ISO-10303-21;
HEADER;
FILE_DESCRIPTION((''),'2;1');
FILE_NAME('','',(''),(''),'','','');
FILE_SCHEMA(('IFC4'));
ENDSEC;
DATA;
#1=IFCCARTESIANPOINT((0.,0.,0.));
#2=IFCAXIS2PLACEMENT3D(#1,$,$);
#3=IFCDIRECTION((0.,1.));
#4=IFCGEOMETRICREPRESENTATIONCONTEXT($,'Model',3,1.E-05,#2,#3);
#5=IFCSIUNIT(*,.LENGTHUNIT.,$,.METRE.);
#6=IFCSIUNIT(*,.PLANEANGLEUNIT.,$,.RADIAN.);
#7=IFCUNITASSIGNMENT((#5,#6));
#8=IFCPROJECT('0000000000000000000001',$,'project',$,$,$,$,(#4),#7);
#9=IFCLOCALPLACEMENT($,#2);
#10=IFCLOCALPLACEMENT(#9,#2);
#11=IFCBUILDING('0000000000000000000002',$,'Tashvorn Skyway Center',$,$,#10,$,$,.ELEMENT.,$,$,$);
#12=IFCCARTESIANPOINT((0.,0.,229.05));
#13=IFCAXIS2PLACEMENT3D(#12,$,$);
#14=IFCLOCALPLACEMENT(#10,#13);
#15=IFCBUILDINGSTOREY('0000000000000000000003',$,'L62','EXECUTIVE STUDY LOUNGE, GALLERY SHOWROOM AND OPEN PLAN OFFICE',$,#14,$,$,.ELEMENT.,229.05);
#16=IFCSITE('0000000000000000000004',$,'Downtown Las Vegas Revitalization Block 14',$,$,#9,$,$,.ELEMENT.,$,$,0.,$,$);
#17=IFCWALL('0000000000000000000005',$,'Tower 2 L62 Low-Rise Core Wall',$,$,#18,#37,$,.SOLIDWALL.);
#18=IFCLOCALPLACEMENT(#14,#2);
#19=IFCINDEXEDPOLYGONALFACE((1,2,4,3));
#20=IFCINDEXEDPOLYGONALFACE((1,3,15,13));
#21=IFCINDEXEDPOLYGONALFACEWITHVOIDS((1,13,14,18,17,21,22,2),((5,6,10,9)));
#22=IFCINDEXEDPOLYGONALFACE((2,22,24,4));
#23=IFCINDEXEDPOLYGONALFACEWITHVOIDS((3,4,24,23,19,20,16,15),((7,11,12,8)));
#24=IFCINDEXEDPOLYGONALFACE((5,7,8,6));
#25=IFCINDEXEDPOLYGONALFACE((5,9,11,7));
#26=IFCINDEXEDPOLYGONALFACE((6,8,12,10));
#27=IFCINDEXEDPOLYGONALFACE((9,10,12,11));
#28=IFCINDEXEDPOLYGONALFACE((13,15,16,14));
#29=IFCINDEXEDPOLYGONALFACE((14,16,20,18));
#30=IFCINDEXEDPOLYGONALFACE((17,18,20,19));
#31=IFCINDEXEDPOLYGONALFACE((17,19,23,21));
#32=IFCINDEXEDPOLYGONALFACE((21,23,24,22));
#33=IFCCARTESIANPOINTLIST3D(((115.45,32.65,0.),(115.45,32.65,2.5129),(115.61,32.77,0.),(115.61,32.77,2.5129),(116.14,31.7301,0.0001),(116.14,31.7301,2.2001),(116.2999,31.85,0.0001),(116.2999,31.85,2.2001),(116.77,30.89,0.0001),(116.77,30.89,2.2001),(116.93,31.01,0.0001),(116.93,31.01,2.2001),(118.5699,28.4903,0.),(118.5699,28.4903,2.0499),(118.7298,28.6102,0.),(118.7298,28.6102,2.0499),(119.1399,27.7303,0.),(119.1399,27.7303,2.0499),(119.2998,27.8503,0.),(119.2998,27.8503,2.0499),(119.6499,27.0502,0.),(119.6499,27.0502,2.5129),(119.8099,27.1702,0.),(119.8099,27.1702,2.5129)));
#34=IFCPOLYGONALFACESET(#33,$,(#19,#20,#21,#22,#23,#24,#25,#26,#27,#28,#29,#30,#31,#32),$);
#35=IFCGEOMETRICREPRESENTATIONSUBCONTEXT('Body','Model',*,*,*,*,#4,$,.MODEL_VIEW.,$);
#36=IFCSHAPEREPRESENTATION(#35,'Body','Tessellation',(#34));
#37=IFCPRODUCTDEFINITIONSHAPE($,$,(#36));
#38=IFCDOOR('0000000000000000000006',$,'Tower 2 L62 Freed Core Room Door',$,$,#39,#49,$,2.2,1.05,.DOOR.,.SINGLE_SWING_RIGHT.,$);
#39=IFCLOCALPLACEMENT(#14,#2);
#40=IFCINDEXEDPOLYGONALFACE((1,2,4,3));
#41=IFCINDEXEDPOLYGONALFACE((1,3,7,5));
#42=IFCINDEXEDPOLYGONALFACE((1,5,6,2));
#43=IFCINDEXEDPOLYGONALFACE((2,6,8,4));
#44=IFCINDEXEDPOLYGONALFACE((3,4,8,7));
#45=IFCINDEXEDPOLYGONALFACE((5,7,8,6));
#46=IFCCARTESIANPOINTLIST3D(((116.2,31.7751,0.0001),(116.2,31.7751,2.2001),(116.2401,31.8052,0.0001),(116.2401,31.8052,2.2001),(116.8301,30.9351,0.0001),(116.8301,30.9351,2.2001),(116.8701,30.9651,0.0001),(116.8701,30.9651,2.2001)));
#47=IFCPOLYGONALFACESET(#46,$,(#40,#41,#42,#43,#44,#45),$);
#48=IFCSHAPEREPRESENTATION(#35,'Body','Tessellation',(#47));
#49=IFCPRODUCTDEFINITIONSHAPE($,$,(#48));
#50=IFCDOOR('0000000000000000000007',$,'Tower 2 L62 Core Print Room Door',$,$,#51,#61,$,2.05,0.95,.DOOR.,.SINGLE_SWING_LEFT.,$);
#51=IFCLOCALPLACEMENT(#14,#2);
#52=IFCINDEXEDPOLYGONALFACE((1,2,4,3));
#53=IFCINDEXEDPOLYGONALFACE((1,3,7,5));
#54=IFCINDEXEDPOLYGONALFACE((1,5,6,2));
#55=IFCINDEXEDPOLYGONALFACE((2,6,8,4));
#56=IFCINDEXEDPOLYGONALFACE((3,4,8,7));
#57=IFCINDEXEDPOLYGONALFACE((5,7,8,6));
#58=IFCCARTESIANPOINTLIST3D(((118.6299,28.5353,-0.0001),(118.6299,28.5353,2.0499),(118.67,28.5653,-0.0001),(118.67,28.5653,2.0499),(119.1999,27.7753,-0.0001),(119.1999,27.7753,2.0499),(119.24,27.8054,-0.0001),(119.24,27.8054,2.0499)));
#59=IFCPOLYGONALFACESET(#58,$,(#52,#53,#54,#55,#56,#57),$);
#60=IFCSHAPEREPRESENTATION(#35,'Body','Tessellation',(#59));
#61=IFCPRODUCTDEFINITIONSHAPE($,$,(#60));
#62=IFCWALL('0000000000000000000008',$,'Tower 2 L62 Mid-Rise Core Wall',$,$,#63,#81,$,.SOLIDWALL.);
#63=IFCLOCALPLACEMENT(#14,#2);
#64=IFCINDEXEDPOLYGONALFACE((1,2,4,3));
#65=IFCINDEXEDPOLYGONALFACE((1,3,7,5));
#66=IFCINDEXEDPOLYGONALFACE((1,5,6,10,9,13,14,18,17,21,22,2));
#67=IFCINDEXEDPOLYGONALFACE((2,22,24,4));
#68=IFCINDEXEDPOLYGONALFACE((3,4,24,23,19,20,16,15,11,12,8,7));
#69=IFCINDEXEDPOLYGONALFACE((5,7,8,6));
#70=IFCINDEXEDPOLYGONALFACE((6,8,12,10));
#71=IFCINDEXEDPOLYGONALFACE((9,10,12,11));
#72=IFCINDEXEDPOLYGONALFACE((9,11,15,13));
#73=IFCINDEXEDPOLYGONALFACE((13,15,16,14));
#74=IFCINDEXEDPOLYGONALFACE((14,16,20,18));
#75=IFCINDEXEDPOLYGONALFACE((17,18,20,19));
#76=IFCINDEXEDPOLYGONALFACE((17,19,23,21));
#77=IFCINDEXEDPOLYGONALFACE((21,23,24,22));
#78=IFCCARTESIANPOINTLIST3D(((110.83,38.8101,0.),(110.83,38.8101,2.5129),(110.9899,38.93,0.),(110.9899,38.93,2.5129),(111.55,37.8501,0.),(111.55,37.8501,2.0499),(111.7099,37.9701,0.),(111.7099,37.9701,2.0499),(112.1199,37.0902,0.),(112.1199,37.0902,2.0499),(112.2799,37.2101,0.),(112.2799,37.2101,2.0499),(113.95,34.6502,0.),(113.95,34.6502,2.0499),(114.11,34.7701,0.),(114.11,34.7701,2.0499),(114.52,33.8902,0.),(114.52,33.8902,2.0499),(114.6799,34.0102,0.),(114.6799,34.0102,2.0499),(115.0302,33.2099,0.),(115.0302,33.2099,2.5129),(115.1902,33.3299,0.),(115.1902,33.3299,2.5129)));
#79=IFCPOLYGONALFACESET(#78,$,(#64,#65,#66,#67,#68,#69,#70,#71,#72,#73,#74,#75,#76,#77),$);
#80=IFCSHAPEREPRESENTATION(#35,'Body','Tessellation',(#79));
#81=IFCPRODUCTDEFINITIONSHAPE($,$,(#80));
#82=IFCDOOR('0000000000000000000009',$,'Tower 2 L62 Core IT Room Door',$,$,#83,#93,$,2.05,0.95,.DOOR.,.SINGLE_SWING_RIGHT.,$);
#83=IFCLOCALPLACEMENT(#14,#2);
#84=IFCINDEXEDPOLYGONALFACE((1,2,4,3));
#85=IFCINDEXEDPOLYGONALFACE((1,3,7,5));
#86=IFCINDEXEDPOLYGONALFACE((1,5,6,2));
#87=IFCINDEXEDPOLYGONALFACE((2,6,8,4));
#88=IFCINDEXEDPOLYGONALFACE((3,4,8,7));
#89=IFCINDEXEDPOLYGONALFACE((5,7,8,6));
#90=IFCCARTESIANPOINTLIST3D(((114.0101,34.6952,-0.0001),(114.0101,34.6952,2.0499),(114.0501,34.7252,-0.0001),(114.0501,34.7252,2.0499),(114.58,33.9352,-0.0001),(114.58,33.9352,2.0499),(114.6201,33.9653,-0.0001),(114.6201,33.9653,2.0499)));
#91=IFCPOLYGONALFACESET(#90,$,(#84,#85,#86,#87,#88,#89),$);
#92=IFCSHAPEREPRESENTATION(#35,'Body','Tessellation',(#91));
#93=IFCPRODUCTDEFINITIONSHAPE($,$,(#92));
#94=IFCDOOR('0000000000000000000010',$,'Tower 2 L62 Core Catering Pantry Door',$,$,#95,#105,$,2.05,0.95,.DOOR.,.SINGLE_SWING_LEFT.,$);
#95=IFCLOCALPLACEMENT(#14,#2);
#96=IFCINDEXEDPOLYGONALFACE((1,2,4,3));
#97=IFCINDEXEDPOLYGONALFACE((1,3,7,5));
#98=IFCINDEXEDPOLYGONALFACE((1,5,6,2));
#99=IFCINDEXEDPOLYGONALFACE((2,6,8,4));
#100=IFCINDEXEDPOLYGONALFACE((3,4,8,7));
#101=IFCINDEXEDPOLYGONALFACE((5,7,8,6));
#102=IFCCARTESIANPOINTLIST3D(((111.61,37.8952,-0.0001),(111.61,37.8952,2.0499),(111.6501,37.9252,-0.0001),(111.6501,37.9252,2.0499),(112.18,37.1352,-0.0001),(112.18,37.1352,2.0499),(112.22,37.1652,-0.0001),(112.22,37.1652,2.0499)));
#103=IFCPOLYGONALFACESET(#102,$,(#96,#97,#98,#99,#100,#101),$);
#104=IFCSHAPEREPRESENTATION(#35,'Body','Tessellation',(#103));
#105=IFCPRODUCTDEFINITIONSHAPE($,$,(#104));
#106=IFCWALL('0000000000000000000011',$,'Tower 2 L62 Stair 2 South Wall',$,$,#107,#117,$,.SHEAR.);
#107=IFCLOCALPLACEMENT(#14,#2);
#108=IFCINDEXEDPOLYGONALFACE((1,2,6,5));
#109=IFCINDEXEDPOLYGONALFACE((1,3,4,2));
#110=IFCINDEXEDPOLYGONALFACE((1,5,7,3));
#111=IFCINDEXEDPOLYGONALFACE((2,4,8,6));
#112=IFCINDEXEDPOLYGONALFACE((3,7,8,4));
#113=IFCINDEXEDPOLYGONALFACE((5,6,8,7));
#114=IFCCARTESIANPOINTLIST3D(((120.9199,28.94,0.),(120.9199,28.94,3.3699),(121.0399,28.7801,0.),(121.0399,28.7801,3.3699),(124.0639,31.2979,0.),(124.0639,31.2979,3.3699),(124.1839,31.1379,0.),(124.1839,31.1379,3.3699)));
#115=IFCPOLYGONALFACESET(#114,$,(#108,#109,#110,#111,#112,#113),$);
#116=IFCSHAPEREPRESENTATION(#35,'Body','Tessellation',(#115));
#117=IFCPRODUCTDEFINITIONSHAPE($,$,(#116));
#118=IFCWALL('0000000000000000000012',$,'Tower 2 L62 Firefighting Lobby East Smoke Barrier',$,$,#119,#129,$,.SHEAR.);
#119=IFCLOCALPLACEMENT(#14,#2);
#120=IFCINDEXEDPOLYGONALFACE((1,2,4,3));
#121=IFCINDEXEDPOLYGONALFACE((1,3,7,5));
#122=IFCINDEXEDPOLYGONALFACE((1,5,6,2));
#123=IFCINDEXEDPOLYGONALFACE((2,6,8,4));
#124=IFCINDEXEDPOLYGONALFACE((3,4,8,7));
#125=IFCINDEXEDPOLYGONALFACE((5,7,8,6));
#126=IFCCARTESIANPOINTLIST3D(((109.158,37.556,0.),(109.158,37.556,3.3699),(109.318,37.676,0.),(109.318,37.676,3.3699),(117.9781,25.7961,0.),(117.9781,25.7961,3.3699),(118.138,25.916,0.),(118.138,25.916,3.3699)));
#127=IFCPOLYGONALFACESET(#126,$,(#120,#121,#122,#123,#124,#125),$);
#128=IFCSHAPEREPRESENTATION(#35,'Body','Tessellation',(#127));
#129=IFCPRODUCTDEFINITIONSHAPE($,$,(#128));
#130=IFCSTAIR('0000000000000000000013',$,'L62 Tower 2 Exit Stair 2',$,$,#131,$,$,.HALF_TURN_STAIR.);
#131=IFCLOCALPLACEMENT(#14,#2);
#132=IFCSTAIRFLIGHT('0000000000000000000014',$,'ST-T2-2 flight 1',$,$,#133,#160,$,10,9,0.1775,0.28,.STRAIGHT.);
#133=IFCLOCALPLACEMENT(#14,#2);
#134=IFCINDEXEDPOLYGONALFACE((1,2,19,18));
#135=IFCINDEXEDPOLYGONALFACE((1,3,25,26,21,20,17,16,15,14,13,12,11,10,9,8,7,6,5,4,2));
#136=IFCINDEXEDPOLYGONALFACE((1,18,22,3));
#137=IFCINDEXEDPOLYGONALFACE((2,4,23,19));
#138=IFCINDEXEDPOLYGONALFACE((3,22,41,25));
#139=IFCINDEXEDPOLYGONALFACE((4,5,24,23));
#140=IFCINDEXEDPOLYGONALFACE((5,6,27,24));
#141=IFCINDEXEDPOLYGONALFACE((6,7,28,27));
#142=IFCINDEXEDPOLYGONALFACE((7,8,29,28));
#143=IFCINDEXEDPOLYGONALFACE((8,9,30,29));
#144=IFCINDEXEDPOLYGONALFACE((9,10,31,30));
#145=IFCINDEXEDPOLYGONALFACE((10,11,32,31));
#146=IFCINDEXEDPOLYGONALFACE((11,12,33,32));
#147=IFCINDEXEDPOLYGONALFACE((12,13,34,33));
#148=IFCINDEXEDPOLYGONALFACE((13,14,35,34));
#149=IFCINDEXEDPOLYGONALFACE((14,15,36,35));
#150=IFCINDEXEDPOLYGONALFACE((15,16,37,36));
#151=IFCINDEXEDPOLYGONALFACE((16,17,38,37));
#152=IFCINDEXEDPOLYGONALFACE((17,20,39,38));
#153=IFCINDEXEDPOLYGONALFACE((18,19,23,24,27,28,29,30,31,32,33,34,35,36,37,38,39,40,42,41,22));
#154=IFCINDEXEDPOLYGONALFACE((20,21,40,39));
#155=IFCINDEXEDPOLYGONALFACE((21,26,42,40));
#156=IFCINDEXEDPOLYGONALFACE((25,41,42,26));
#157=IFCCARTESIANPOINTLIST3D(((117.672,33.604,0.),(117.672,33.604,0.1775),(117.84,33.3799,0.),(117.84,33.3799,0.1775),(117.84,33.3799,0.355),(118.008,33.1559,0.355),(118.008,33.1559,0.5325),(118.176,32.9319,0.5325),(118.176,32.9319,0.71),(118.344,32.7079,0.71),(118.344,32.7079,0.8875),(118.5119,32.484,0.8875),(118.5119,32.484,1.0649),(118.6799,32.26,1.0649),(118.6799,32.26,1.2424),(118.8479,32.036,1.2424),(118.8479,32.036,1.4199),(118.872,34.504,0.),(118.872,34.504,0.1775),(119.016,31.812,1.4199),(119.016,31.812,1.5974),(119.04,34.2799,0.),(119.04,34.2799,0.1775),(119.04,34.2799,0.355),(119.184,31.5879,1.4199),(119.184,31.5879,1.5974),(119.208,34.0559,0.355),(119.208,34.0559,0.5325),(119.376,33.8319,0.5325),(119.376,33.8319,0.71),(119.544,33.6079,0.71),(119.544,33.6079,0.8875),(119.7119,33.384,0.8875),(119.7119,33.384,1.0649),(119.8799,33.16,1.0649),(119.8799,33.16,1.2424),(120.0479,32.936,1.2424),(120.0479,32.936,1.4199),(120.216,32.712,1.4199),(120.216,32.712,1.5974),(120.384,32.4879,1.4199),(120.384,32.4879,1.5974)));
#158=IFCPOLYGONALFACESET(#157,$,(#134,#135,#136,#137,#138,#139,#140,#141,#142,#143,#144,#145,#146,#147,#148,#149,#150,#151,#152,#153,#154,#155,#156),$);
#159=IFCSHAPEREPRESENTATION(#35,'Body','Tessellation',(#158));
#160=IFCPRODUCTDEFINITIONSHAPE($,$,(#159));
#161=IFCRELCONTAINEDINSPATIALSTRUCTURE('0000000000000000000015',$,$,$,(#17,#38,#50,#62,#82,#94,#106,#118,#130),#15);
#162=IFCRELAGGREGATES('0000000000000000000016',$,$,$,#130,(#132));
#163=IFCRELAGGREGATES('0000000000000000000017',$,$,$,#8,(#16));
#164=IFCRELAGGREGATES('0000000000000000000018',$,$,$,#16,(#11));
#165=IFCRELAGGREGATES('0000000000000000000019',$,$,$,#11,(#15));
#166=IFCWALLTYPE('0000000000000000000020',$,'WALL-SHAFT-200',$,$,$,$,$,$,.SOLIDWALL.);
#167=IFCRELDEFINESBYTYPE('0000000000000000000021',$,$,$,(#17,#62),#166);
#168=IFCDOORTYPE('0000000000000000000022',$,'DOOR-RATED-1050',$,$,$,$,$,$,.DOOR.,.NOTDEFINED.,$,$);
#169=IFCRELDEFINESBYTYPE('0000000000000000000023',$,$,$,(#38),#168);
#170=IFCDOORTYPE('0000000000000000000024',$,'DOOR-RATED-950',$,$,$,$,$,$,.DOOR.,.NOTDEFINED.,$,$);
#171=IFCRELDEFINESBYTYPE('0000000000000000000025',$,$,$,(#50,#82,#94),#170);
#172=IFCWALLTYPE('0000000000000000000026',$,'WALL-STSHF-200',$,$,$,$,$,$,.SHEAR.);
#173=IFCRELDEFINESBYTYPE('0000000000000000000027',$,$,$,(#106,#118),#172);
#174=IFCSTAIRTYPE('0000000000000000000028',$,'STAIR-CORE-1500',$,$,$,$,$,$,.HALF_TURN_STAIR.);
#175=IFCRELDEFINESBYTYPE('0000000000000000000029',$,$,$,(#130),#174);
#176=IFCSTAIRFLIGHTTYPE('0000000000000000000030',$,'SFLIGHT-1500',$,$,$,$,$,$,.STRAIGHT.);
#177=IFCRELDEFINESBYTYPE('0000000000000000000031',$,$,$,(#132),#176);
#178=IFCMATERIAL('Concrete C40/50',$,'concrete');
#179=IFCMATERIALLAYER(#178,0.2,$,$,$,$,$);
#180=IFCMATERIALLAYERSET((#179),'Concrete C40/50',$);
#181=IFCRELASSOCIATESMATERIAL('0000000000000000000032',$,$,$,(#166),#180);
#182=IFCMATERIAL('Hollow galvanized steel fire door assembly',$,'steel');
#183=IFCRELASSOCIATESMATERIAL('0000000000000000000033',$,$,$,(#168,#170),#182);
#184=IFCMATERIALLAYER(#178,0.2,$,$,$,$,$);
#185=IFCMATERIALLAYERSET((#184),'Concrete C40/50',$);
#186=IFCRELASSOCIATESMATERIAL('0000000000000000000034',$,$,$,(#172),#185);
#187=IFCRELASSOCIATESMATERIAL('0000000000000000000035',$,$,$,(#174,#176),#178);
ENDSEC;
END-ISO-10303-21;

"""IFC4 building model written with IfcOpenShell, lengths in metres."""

from ifc_helpers import new_model, si_unit, direction, frame, frame_2d, origin, place, context, subcontext, project, spatial, polyline, rectangle, outline, extrude, material, layer, layer_set, type_object, element, fill, aggregate, save


model = new_model("IFC4")

# Units and contexts
model_context = context("Model", 3, precision=1e-05, world=origin(), true_north=direction((0.0, 1.0)))
body_context = subcontext(model_context, "Body", "Model", "MODEL_VIEW")
ifc_project = project(units=[si_unit("LENGTHUNIT", "METRE"), si_unit("PLANEANGLEUNIT", "RADIAN")], contexts=[model_context])

# Site, building, storey
site_placement = place(None, origin())
site = spatial("IfcSite", under=ifc_project, at=site_placement, Name="Downtown Las Vegas Revitalization Block 14", CompositionType="ELEMENT", RefElevation=0.0)
building_placement = place(site_placement, origin())
building = spatial("IfcBuilding", under=site, at=building_placement, Name="Tashvorn Skyway Center", CompositionType="ELEMENT")
storey_placement = place(building_placement, frame((0.0, 0.0, 229.05)))
storey = spatial("IfcBuildingStorey", under=building, at=storey_placement, Name="L62", Description="EXECUTIVE STUDY LOUNGE, GALLERY SHOWROOM AND OPEN PLAN OFFICE", CompositionType="ELEMENT", Elevation=229.05)

# Shared definitions
ifc_material_1 = material(Name="Hollow galvanized steel fire door assembly", Category="steel")

# Walls, openings, doors
ifc_material_2 = material(Name="Concrete C40/50", Category="concrete")
ifc_layer_1 = layer(ifc_material_2, 0.2)
ifc_layer_set_1 = layer_set([ifc_layer_1], Name="Concrete C40/50")
wall_type_1 = type_object("IfcWallType", Name="WALL-SHAFT-200", PredefinedType="SOLIDWALL", material=ifc_layer_set_1)
wall_1_placement = place(storey_placement, frame((119.73, 27.1101, 0.0), z_axis=(0.0, 0.0, 1.0), x_axis=(-0.600006, 0.799996, 0.0)))
wall_1 = element("IfcWall", 1, at=wall_1_placement, inside=storey, type_object=wall_type_1, Name="Tower 2 L62 Low-Rise Core Wall", PredefinedType="SOLIDWALL", context=body_context, shape_type="SweptSolid", body=[
    extrude(rectangle(XDim=6.9998, YDim=0.2, at=frame_2d((3.5, 0.0))), origin(), (0.0, 0.0, 1.0), 2.5129),
])
opening_1_placement = place(wall_1_placement, frame((0.8501, 0.0, 0.0)))
opening_1 = element("IfcOpeningElement", 2, at=opening_1_placement, cuts=wall_1, PredefinedType="OPENING", context=body_context, shape_type="SweptSolid", body=[
    extrude(rectangle(XDim=0.95, YDim=2.05, at=frame_2d((0.4751, 1.0249))), frame((0.0, 0.1099, 0.0), z_axis=(0.0, -1.0, 0.0), x_axis=(1.0, 0.0, 0.0)), (0.0, 0.0, 1.0), 0.22),
])
opening_2_placement = place(wall_1_placement, frame((4.8, 0.0, 0.0)))
opening_2 = element("IfcOpeningElement", 3, at=opening_2_placement, cuts=wall_1, PredefinedType="OPENING", context=body_context, shape_type="SweptSolid", body=[
    extrude(rectangle(XDim=1.05, YDim=2.2, at=frame_2d((0.5249, 1.1001))), frame((0.0, 0.1099, 0.0), z_axis=(0.0, -1.0, 0.0), x_axis=(1.0, 0.0, 0.0)), (0.0, 0.0, 1.0), 0.22),
])
door_type_1 = type_object("IfcDoorType", Name="DOOR-RATED-1050", OperationType="NOTDEFINED", PredefinedType="DOOR", material=ifc_material_1)
door_1_placement = place(opening_2_placement, origin())
door_1 = element("IfcDoor", 4, at=door_1_placement, inside=storey, type_object=door_type_1, Name="Tower 2 L62 Freed Core Room Door", OperationType="SINGLE_SWING_RIGHT", OverallHeight=2.2, OverallWidth=1.05, PredefinedType="DOOR", context=body_context, shape_type="SweptSolid", body=[
    extrude(rectangle(XDim=1.05, YDim=2.2, at=frame_2d((0.5249, 1.1001))), frame((0.0, 0.0249, 0.0), z_axis=(0.0, -1.0, 0.0), x_axis=(1.0, 0.0, 0.0)), (0.0, 0.0, 1.0), 0.05),
])
fill(opening_2, door_1)
door_type_2 = type_object("IfcDoorType", Name="DOOR-RATED-950", OperationType="NOTDEFINED", PredefinedType="DOOR", material=ifc_material_1)
door_2_placement = place(opening_1_placement, origin())
door_2 = element("IfcDoor", 5, at=door_2_placement, inside=storey, type_object=door_type_2, Name="Tower 2 L62 Core Print Room Door", OperationType="SINGLE_SWING_LEFT", OverallHeight=2.05, OverallWidth=0.95, PredefinedType="DOOR", context=body_context, shape_type="SweptSolid", body=[
    extrude(rectangle(XDim=0.95, YDim=2.05, at=frame_2d((0.4751, 1.0249))), frame((0.0, 0.0249, 0.0), z_axis=(0.0, -1.0, 0.0), x_axis=(1.0, 0.0, 0.0)), (0.0, 0.0, 1.0), 0.05),
])
fill(opening_1, door_2)
wall_2_placement = place(storey_placement, frame((115.1101, 33.27, 0.0), z_axis=(0.0, 0.0, 1.0), x_axis=(-0.600011, 0.799992, 0.0)))
wall_2 = element("IfcWall", 6, at=wall_2_placement, inside=storey, type_object=wall_type_1, Name="Tower 2 L62 Mid-Rise Core Wall", PredefinedType="SOLIDWALL", context=body_context, shape_type="SweptSolid", body=[
    extrude(rectangle(XDim=7.0002, YDim=0.2, at=frame_2d((3.5, 0.0))), origin(), (0.0, 0.0, 1.0), 2.5129),
])
opening_3_placement = place(wall_2_placement, frame((0.8501, 0.0, 0.0)))
opening_3 = element("IfcOpeningElement", 7, at=opening_3_placement, cuts=wall_2, PredefinedType="OPENING", context=body_context, shape_type="SweptSolid", body=[
    extrude(rectangle(XDim=0.95, YDim=2.05, at=frame_2d((0.4751, 1.0249))), frame((0.0, 0.1099, 0.0), z_axis=(0.0, -1.0, 0.0), x_axis=(1.0, 0.0, 0.0)), (0.0, 0.0, 1.0), 0.22),
])
opening_4_placement = place(wall_2_placement, frame((4.8501, 0.0, 0.0)))
opening_4 = element("IfcOpeningElement", 8, at=opening_4_placement, cuts=wall_2, PredefinedType="OPENING", context=body_context, shape_type="SweptSolid", body=[
    extrude(rectangle(XDim=0.95, YDim=2.05, at=frame_2d((0.4751, 1.0249))), frame((0.0, 0.1099, 0.0), z_axis=(0.0, -1.0, 0.0), x_axis=(1.0, 0.0, 0.0)), (0.0, 0.0, 1.0), 0.22),
])
door_3_placement = place(opening_3_placement, origin())
door_3 = element("IfcDoor", 9, at=door_3_placement, inside=storey, type_object=door_type_2, Name="Tower 2 L62 Core IT Room Door", OperationType="SINGLE_SWING_RIGHT", OverallHeight=2.05, OverallWidth=0.95, PredefinedType="DOOR", context=body_context, shape_type="SweptSolid", body=[
    extrude(rectangle(XDim=0.95, YDim=2.05, at=frame_2d((0.4751, 1.0249))), frame((0.0, 0.0249, 0.0), z_axis=(0.0, -1.0, 0.0), x_axis=(1.0, 0.0, 0.0)), (0.0, 0.0, 1.0), 0.05),
])
fill(opening_3, door_3)
door_4_placement = place(opening_4_placement, origin())
door_4 = element("IfcDoor", 10, at=door_4_placement, inside=storey, type_object=door_type_2, Name="Tower 2 L62 Core Catering Pantry Door", OperationType="SINGLE_SWING_LEFT", OverallHeight=2.05, OverallWidth=0.95, PredefinedType="DOOR", context=body_context, shape_type="SweptSolid", body=[
    extrude(rectangle(XDim=0.95, YDim=2.05, at=frame_2d((0.4751, 1.0249))), frame((0.0, 0.0249, 0.0), z_axis=(0.0, -1.0, 0.0), x_axis=(1.0, 0.0, 0.0)), (0.0, 0.0, 1.0), 0.05),
])
fill(opening_4, door_4)

# Walls
ifc_layer_2 = layer(ifc_material_2, 0.2)
ifc_layer_set_2 = layer_set([ifc_layer_2], Name="Concrete C40/50")
wall_type_2 = type_object("IfcWallType", Name="WALL-STSHF-200", PredefinedType="SHEAR", material=ifc_layer_set_2)
wall_3_placement = place(storey_placement, frame((120.98, 28.8601, 0.0), z_axis=(0.0, 0.0, 1.0), x_axis=(0.800015, 0.59998, 0.0)))
element("IfcWall", 11, at=wall_3_placement, inside=storey, type_object=wall_type_2, Name="Tower 2 L62 Stair 2 South Wall", PredefinedType="SHEAR", context=body_context, shape_type="SweptSolid", body=[
    extrude(rectangle(XDim=3.9299, YDim=0.2, at=frame_2d((1.9648, 0.0))), origin(), (0.0, 0.0, 1.0), 3.3699),
])
wall_4_placement = place(storey_placement, frame((118.0581, 25.856, 0.0), z_axis=(0.0, 0.0, 1.0), x_axis=(-0.600003, 0.799998, 0.0)))
element("IfcWall", 12, at=wall_4_placement, inside=storey, type_object=wall_type_2, Name="Tower 2 L62 Firefighting Lobby East Smoke Barrier", PredefinedType="SHEAR", context=body_context, shape_type="SweptSolid", body=[
    extrude(rectangle(XDim=14.7, YDim=0.2, at=frame_2d((7.3501, 0.0))), origin(), (0.0, 0.0, 1.0), 3.3699),
])

# Stair, stair flight
stair_type = type_object("IfcStairType", Name="STAIR-CORE-1500", PredefinedType="HALF_TURN_STAIR", material=ifc_material_2)
stair_placement = place(storey_placement, origin())
stair = element("IfcStair", 13, at=stair_placement, inside=storey, type_object=stair_type, Name="L62 Tower 2 Exit Stair 2", PredefinedType="HALF_TURN_STAIR")
stair_flight_type = type_object("IfcStairFlightType", Name="SFLIGHT-1500", PredefinedType="STRAIGHT", material=ifc_material_2)
stair_flight_1_placement = place(storey_placement, frame((118.272, 34.054, 0.0), z_axis=(0.0, 0.0, 1.0), x_axis=(0.6, -0.8, 0.0)))
stair_flight_1 = element("IfcStairFlight", 14, at=stair_flight_1_placement, type_object=stair_flight_type, Name="ST-T2-2 flight 1", NumberOfRisers=10, NumberOfTreads=9, PredefinedType="STRAIGHT", RiserHeight=0.1775, TreadLength=0.28, context=body_context, shape_type="SweptSolid", body=[
    extrude(outline(polyline([(0.0, 0.0), (0.0, 0.1775), (0.28, 0.1775), (0.28, 0.355), (0.5601, 0.355), (0.5601, 0.5325), (0.8401, 0.5325), (0.8401, 0.71), (1.1201, 0.71), (1.1201, 0.8875), (1.3999, 0.8875), (1.3999, 1.0649), (1.6799, 1.0649), (1.6799, 1.2424), (1.96, 1.2424), (1.96, 1.4199), (2.24, 1.4199), (2.24, 1.5974), (2.52, 1.5974), (2.52, 1.7749), (2.52, 1.4199), (0.28, 0.0), (0.0, 0.0)])), frame((0.0, 0.75, 0.0), z_axis=(0.0, -1.0, 0.0), x_axis=(1.0, 0.0, 0.0)), (0.0, 0.0, 1.0), 1.5),
])
aggregate(stair, [stair_flight_1])

save(model, "model.ifc")
